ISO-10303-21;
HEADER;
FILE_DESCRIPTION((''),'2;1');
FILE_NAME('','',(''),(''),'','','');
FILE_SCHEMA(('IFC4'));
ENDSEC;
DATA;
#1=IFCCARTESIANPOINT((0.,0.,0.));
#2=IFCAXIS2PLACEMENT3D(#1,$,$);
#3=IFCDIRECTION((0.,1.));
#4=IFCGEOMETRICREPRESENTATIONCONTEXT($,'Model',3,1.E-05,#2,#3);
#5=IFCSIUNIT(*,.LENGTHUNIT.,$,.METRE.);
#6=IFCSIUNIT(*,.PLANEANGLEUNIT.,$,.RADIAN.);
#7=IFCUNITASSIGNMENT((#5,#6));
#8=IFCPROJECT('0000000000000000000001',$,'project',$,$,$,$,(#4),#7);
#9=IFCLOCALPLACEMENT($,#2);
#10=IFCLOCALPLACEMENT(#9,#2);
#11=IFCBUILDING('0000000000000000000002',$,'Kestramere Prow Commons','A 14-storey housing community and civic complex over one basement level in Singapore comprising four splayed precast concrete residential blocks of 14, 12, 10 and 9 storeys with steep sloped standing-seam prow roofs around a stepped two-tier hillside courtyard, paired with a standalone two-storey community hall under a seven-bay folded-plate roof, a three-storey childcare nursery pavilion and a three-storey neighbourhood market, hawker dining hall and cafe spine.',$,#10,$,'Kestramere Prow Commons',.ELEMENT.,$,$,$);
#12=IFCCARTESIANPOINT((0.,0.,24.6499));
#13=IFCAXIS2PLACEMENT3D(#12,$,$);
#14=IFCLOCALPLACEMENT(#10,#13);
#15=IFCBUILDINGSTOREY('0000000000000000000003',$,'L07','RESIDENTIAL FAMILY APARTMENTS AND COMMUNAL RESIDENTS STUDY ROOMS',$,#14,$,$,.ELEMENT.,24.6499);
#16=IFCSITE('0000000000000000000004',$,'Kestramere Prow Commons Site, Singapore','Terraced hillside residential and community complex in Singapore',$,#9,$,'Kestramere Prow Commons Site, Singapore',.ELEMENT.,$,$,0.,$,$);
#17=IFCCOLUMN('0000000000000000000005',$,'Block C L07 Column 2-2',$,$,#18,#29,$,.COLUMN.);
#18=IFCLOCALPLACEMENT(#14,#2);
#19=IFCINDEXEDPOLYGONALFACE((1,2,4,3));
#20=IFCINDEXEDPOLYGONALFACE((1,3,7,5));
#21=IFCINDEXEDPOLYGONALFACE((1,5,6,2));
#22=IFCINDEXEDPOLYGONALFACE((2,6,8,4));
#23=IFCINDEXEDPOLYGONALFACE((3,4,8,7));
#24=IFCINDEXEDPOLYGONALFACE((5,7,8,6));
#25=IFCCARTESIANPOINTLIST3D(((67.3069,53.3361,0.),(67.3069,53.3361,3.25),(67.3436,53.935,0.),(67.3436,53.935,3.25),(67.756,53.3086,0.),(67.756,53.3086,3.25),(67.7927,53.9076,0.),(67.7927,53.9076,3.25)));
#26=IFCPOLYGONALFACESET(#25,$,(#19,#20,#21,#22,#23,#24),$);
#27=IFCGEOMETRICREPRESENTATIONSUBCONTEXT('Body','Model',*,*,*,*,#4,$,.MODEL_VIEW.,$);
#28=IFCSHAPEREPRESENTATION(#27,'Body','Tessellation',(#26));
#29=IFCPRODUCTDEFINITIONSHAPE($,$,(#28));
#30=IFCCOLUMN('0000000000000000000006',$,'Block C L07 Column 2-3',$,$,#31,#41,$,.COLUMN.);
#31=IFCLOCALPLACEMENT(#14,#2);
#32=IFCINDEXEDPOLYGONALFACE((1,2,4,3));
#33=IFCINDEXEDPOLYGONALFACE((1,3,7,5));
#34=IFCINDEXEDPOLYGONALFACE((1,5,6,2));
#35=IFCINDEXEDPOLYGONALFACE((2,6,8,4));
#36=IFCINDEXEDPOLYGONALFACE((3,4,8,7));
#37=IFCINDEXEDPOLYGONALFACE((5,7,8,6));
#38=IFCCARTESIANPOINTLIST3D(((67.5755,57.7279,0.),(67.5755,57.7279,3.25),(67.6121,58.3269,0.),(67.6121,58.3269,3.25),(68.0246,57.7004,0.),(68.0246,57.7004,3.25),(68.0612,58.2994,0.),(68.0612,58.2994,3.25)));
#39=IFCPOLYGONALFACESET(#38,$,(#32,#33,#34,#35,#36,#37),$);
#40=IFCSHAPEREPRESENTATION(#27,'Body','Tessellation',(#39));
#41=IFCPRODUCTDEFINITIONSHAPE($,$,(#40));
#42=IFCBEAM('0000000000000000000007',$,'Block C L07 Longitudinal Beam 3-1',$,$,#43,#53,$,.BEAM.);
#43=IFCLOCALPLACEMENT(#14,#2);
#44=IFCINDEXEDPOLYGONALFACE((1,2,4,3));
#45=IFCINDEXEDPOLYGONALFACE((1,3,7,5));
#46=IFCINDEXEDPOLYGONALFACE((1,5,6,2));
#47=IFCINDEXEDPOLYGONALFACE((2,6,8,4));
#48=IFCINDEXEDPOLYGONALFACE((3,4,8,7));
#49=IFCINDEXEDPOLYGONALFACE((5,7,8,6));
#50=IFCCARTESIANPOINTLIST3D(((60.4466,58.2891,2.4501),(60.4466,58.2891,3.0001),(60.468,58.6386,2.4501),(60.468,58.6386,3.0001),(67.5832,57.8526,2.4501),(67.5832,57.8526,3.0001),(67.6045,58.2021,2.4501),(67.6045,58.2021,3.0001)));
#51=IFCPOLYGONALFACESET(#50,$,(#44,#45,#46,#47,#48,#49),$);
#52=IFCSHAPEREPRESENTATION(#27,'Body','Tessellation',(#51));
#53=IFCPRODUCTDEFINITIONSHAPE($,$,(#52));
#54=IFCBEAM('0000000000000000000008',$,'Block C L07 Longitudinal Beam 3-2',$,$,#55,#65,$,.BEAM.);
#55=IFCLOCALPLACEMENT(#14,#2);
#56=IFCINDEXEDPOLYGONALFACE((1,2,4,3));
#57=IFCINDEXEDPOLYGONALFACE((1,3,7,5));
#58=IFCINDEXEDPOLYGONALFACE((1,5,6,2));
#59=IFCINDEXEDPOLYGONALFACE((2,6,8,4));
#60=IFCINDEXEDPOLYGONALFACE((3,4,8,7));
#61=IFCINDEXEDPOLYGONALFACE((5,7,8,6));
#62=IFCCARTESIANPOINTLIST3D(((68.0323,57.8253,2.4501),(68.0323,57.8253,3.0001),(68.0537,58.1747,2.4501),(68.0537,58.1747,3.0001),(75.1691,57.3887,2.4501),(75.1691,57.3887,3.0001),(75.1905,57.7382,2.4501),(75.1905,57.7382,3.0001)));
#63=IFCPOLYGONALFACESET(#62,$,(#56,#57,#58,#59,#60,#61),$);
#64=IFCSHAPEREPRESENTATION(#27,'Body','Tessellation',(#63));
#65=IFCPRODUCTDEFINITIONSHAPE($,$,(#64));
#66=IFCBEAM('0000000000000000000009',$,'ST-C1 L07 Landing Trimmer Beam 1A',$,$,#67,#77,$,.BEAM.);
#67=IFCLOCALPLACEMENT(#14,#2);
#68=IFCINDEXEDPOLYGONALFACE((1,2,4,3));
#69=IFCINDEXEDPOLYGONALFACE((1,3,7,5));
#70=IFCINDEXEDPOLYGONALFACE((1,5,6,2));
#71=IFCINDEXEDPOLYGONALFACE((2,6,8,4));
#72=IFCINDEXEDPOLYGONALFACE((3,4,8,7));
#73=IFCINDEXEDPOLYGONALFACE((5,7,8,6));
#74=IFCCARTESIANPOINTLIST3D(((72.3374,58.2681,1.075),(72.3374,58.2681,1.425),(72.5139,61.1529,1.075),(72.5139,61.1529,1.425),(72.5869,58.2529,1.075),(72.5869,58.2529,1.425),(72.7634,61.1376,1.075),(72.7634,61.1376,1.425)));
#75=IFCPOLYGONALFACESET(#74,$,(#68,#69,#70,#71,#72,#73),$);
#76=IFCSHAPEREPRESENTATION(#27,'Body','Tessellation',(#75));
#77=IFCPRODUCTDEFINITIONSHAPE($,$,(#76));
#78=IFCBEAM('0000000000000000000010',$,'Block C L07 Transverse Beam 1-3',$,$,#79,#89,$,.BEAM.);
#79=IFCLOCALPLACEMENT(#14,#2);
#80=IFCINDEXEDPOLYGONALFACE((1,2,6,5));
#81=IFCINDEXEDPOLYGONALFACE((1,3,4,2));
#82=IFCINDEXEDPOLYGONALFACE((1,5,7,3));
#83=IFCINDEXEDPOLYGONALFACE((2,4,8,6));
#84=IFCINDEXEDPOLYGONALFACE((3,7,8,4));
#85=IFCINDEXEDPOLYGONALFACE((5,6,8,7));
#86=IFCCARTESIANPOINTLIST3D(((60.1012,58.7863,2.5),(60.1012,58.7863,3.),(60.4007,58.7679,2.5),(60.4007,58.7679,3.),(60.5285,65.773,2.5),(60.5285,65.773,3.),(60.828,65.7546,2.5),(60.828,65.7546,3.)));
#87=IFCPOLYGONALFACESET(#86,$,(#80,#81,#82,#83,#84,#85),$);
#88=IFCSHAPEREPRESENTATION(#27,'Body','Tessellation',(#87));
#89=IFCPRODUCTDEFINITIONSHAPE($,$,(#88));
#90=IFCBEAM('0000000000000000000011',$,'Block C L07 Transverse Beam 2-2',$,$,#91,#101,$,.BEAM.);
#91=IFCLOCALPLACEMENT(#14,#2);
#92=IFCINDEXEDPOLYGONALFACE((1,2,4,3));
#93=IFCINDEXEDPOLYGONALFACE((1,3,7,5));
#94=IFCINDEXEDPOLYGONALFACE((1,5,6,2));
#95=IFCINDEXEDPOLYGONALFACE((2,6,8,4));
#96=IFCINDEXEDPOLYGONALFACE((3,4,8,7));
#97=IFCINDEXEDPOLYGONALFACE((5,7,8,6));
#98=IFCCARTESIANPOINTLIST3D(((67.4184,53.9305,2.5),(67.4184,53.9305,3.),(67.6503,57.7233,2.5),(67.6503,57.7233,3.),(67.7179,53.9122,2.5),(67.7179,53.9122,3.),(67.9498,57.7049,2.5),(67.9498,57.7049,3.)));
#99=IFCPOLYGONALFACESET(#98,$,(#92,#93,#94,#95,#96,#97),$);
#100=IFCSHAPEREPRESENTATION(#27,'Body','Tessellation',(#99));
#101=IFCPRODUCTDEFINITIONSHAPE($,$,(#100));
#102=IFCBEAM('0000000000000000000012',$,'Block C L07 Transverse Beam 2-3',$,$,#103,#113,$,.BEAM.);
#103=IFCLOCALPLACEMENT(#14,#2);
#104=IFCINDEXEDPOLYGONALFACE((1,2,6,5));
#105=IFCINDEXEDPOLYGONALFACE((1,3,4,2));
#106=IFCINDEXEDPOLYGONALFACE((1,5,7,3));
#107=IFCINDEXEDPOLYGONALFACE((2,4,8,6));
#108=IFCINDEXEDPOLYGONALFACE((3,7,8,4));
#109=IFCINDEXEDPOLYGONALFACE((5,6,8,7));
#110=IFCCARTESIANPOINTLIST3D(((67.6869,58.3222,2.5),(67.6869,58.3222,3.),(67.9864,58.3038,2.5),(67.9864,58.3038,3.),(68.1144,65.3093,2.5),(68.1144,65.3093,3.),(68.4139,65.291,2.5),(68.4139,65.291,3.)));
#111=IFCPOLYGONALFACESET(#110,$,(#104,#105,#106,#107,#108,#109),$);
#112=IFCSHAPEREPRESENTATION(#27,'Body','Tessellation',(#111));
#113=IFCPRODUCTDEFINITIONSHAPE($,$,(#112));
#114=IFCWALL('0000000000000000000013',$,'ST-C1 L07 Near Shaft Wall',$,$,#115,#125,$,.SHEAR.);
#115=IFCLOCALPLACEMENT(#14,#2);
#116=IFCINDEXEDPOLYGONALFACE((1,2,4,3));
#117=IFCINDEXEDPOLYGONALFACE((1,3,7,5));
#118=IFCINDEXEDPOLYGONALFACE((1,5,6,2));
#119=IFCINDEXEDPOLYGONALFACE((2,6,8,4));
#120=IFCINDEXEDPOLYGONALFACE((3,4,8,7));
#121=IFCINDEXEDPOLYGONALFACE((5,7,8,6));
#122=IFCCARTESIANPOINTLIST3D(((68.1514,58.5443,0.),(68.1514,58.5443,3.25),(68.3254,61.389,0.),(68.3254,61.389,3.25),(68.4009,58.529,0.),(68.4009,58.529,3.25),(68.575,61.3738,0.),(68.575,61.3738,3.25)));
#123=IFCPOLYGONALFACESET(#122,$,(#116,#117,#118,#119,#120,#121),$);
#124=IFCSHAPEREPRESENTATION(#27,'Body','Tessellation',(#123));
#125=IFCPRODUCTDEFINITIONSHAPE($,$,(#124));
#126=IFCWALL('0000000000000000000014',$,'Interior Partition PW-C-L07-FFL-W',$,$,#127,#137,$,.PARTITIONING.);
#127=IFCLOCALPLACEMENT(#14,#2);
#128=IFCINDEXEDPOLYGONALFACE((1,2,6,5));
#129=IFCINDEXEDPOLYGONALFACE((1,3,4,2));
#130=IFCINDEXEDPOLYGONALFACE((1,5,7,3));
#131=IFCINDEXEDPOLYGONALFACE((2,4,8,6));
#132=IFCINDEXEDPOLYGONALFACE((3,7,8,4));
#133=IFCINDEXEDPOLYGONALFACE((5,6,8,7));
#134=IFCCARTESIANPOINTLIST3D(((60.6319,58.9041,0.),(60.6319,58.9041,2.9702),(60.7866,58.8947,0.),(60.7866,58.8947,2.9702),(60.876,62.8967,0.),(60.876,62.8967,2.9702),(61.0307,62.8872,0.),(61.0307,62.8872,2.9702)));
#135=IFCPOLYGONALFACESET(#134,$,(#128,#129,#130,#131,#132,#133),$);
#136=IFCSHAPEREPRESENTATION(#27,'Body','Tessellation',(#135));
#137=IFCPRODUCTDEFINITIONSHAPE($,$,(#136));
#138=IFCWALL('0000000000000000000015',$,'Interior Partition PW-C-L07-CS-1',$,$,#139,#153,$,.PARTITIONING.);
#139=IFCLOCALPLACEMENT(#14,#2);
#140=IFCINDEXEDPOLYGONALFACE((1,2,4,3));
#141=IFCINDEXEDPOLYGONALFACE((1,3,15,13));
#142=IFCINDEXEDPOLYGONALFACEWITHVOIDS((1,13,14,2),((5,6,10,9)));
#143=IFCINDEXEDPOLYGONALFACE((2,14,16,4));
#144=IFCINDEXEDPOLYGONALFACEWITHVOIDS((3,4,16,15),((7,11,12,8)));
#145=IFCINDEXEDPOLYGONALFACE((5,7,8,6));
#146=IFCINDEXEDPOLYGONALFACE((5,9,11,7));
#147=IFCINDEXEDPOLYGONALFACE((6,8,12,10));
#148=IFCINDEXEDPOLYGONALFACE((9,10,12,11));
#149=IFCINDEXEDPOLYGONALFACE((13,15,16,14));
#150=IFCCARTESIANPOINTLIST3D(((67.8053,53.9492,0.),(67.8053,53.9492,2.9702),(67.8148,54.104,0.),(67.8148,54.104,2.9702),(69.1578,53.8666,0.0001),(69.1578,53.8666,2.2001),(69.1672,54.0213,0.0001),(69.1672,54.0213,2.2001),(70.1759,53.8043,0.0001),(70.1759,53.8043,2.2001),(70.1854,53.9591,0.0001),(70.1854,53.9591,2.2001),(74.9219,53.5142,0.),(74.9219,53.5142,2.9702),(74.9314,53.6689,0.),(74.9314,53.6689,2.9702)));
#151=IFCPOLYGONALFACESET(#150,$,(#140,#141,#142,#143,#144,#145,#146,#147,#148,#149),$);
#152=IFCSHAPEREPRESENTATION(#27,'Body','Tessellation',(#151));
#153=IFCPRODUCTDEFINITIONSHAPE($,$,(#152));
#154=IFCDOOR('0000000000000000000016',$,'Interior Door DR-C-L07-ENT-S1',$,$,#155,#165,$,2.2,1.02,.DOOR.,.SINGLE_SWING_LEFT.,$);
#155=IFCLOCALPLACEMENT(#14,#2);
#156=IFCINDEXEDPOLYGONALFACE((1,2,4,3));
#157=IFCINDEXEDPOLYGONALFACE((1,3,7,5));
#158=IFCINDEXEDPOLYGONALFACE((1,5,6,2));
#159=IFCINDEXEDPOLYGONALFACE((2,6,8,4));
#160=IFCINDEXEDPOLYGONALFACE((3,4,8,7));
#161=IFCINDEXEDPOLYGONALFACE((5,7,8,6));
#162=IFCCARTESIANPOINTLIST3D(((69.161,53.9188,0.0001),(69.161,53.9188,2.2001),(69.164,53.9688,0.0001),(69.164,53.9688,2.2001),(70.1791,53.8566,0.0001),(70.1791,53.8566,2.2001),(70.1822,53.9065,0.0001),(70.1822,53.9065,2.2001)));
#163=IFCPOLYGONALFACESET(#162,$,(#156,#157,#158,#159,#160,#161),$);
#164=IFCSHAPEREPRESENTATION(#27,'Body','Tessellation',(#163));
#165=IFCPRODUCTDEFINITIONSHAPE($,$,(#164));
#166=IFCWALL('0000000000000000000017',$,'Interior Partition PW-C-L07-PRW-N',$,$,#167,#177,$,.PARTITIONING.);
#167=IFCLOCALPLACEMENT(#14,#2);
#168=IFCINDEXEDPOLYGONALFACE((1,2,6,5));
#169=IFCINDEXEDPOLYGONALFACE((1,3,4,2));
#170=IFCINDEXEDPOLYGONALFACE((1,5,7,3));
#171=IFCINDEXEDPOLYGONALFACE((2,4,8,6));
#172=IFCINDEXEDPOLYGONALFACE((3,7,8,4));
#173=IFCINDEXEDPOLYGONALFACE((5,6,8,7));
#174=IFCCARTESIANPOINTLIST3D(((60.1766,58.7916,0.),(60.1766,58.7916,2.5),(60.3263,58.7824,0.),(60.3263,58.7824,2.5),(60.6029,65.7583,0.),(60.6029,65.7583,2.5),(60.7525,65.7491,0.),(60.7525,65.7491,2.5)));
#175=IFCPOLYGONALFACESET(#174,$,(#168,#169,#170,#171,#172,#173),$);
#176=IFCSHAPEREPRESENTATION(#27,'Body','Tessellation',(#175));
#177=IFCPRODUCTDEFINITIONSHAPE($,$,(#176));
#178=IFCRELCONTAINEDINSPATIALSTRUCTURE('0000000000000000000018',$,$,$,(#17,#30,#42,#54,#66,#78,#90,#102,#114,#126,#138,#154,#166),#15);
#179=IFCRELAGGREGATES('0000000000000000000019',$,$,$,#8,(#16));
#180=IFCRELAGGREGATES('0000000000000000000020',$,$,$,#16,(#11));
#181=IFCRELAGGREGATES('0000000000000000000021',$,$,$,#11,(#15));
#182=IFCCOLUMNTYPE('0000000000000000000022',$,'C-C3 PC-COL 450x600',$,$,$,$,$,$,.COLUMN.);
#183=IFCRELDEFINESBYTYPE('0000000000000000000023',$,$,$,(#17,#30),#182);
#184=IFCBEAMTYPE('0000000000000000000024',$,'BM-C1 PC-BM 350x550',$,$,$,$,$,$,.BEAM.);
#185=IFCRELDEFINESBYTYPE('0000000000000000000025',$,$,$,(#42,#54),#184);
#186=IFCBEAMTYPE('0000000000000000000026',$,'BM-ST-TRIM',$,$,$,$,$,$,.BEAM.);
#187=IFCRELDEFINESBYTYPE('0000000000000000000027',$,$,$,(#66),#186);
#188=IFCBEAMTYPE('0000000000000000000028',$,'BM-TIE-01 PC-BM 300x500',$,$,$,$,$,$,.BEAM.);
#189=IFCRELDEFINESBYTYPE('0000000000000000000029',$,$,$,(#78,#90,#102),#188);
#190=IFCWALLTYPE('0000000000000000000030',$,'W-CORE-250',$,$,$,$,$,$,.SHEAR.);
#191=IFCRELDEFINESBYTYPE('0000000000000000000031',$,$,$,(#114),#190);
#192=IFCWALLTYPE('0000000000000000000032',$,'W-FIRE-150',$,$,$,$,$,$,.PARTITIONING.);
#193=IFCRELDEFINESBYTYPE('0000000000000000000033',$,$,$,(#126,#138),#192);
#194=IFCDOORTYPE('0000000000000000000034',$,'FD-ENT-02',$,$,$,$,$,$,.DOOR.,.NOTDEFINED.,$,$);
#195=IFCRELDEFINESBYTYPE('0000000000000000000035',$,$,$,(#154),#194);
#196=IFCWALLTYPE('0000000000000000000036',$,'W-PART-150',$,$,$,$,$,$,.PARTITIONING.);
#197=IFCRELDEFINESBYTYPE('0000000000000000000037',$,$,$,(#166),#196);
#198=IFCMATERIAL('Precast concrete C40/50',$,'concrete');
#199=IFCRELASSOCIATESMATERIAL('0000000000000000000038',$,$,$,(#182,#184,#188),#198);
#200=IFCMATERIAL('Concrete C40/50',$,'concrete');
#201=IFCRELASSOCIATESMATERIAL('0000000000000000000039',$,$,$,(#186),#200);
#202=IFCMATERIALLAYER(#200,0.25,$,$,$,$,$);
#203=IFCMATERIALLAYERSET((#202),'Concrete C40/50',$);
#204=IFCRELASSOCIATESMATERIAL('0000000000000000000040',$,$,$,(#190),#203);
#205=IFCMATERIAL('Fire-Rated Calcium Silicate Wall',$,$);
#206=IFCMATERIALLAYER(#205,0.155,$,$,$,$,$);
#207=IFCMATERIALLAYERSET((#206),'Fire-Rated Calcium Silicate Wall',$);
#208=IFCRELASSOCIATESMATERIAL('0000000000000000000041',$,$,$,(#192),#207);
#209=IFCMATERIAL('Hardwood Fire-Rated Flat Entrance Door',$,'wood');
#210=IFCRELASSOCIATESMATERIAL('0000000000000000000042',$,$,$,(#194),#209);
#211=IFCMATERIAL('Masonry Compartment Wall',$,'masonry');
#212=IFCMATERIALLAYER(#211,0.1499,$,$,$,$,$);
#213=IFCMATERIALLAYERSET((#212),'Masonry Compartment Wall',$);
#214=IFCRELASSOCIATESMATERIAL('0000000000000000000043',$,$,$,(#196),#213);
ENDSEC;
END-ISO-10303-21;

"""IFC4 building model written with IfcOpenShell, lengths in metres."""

from ifc_helpers import new_model, si_unit, direction, frame, frame_2d, origin, origin_2d, place, context, subcontext, project, spatial, rectangle, extrude, material, layer, layer_set, material_profile, profile_set, type_object, element, fill, save


model = new_model("IFC4")

# Units and contexts
model_context = context("Model", 3, precision=1e-05, world=origin(), true_north=direction((0.0, 1.0)))
body_context = subcontext(model_context, "Body", "Model", "MODEL_VIEW")
ifc_project = project(units=[si_unit("LENGTHUNIT", "METRE"), si_unit("PLANEANGLEUNIT", "RADIAN")], contexts=[model_context])

# Site, building, storey
site_placement = place(None, origin())
site = spatial("IfcSite", under=ifc_project, at=site_placement, Name="Kestramere Prow Commons Site, Singapore", Description="Terraced hillside residential and community complex in Singapore", LongName="Kestramere Prow Commons Site, Singapore", CompositionType="ELEMENT", RefElevation=0.0)
building_placement = place(site_placement, origin())
building = spatial("IfcBuilding", under=site, at=building_placement, Name="Kestramere Prow Commons", Description="A 14-storey housing community and civic complex over one basement level in Singapore comprising four splayed precast concrete residential blocks of 14, 12, 10 and 9 storeys with steep sloped standing-seam prow roofs around a stepped two-tier hillside courtyard, paired with a standalone two-storey community hall under a seven-bay folded-plate roof, a three-storey childcare nursery pavilion and a three-storey neighbourhood market, hawker dining hall and cafe spine.", LongName="Kestramere Prow Commons", CompositionType="ELEMENT")
storey_placement = place(building_placement, frame((0.0, 0.0, 24.6499)))
storey = spatial("IfcBuildingStorey", under=building, at=storey_placement, Name="L07", Description="RESIDENTIAL FAMILY APARTMENTS AND COMMUNAL RESIDENTS STUDY ROOMS", CompositionType="ELEMENT", Elevation=24.6499)

# Columns
ifc_material_1 = material(Name="Precast concrete C40/50", Category="concrete")
ifc_material_profile_1 = material_profile(ifc_material_1, rectangle(XDim=0.45, YDim=0.6001, at=origin_2d()), Name="PC-COL 450x600")
ifc_profile_set_1 = profile_set([ifc_material_profile_1], Name="Precast concrete C40/50")
column_type = type_object("IfcColumnType", Name="C-C3 PC-COL 450x600", PredefinedType="COLUMN", material=ifc_profile_set_1)
for number, where, z_axis, x_axis, name in (
    (1, (67.5498, 53.6218, 0.0), (0.0, 0.0, 1.0), (0.998135, -0.061049, 0.0), "Block C L07 Column 2-2"),
    (2, (67.8184, 58.0137, 0.0), (0.0, 0.0, 1.0), (0.998135, -0.061049, 0.0), "Block C L07 Column 2-3"),
):
    element("IfcColumn", number, at=place(storey_placement, frame(where, z_axis=z_axis, x_axis=x_axis)), inside=storey, type_object=column_type, Name=name, PredefinedType="COLUMN", context=body_context, shape_type="SweptSolid", body=[
        extrude(rectangle(XDim=0.45, YDim=0.6001, at=origin_2d()), origin(), (0.0, 0.0, 1.0), 3.25),
    ])

# Beams
ifc_material_profile_2 = material_profile(ifc_material_1, rectangle(XDim=0.3501, YDim=0.55, at=origin_2d()), Name="PC-BM 350x550")
ifc_profile_set_2 = profile_set([ifc_material_profile_2], Name="Precast concrete C40/50")
beam_type_1 = type_object("IfcBeamType", Name="BM-C1 PC-BM 350x550", PredefinedType="BEAM", material=ifc_profile_set_2)
beam_1_placement = place(storey_placement, frame((60.4573, 58.4639, 2.7251), z_axis=(0.998134, -0.061054, 0.0), x_axis=(0.061054, 0.998134, 0.0)))
element("IfcBeam", 3, at=beam_1_placement, inside=storey, type_object=beam_type_1, Name="Block C L07 Longitudinal Beam 3-1", PredefinedType="BEAM", context=body_context, shape_type="SweptSolid", body=[
    extrude(rectangle(XDim=0.3501, YDim=0.55, at=origin_2d()), origin(), (0.0, 0.0, 1.0), 7.1499),
])
beam_2_placement = place(storey_placement, frame((68.043, 58.0, 2.7251), z_axis=(0.998135, -0.061052, 0.0), x_axis=(0.061052, 0.998135, 0.0)))
element("IfcBeam", 4, at=beam_2_placement, inside=storey, type_object=beam_type_1, Name="Block C L07 Longitudinal Beam 3-2", PredefinedType="BEAM", context=body_context, shape_type="SweptSolid", body=[
    extrude(rectangle(XDim=0.3501, YDim=0.55, at=origin_2d()), origin(), (0.0, 0.0, 1.0), 7.1501),
])
ifc_material_2 = material(Name="Concrete C40/50", Category="concrete")
ifc_material_profile_3 = material_profile(ifc_material_2, rectangle(XDim=0.25, YDim=0.3501, at=origin_2d()), Name="PC-BM 250x350")
ifc_profile_set_3 = profile_set([ifc_material_profile_3], Name="Concrete C40/50")
beam_type_2 = type_object("IfcBeamType", Name="BM-ST-TRIM", PredefinedType="BEAM", material=ifc_profile_set_3)
beam_3_placement = place(storey_placement, frame((72.4622, 58.2605, 1.25), z_axis=(0.061074, 0.998133, 0.0), x_axis=(-0.998133, 0.061074, 0.0)))
element("IfcBeam", 5, at=beam_3_placement, inside=storey, type_object=beam_type_2, Name="ST-C1 L07 Landing Trimmer Beam 1A", PredefinedType="BEAM", context=body_context, shape_type="SweptSolid", body=[
    extrude(rectangle(XDim=0.25, YDim=0.3501, at=origin_2d()), origin(), (0.0, 0.0, 1.0), 2.8901),
])
ifc_material_profile_4 = material_profile(ifc_material_1, rectangle(XDim=0.3, YDim=0.5, at=origin_2d()), Name="PC-BM 300x500")
ifc_profile_set_4 = profile_set([ifc_material_profile_4], Name="Precast concrete C40/50")
beam_type_3 = type_object("IfcBeamType", Name="BM-TIE-01 PC-BM 300x500", PredefinedType="BEAM", material=ifc_profile_set_4)
beam_4_placement = place(storey_placement, frame((60.251, 58.7771, 2.75), z_axis=(0.061036, 0.998136, 0.0), x_axis=(-0.998136, 0.061036, 0.0)))
element("IfcBeam", 6, at=beam_4_placement, inside=storey, type_object=beam_type_3, Name="Block C L07 Transverse Beam 1-3", PredefinedType="BEAM", context=body_context, shape_type="SweptSolid", body=[
    extrude(rectangle(XDim=0.3, YDim=0.5, at=origin_2d()), origin(), (0.0, 0.0, 1.0), 6.9998),
])
beam_5_placement = place(storey_placement, frame((67.5681, 53.9214, 2.75), z_axis=(0.061038, 0.998135, 0.0), x_axis=(-0.998135, 0.061038, 0.0)))
element("IfcBeam", 7, at=beam_5_placement, inside=storey, type_object=beam_type_3, Name="Block C L07 Transverse Beam 2-2", PredefinedType="BEAM", context=body_context, shape_type="SweptSolid", body=[
    extrude(rectangle(XDim=0.3, YDim=0.5, at=origin_2d()), origin(), (0.0, 0.0, 1.0), 3.7998),
])
beam_6_placement = place(storey_placement, frame((67.8367, 58.313, 2.75), z_axis=(0.061069, 0.998134, 0.0), x_axis=(-0.998134, 0.061069, 0.0)))
element("IfcBeam", 8, at=beam_6_placement, inside=storey, type_object=beam_type_3, Name="Block C L07 Transverse Beam 2-3", PredefinedType="BEAM", context=body_context, shape_type="SweptSolid", body=[
    extrude(rectangle(XDim=0.3, YDim=0.5, at=origin_2d()), origin(), (0.0, 0.0, 1.0), 7.0002),
])

# Shared definitions
ifc_layer_1 = layer(ifc_material_2, 0.25)
ifc_layer_set_1 = layer_set([ifc_layer_1], Name="Concrete C40/50")
wall_type_1 = type_object("IfcWallType", Name="W-CORE-250", PredefinedType="SHEAR", material=ifc_layer_set_1)

# Wall
wall_1_placement = place(storey_placement, frame((68.2761, 58.5366, 0.0), z_axis=(0.0, 0.0, 1.0), x_axis=(0.061077, 0.998133, 0.0)))
element("IfcWall", 9, at=wall_1_placement, inside=storey, type_object=wall_type_1, Name="ST-C1 L07 Near Shaft Wall", PredefinedType="SHEAR", context=body_context, shape_type="SweptSolid", body=[
    extrude(rectangle(XDim=2.8501, YDim=0.25, at=frame_2d((1.425, 0.0))), origin(), (0.0, 0.0, 1.0), 3.25),
])

# Shared definitions
ifc_material_3 = material(Name="Fire-Rated Calcium Silicate Wall")
ifc_layer_2 = layer(ifc_material_3, 0.155)
ifc_layer_set_2 = layer_set([ifc_layer_2], Name="Fire-Rated Calcium Silicate Wall")
wall_type_2 = type_object("IfcWallType", Name="W-FIRE-150", PredefinedType="PARTITIONING", material=ifc_layer_set_2)

# Wall
wall_2_placement = place(storey_placement, frame((60.7092, 58.8994, 0.0), z_axis=(0.0, 0.0, 1.0), x_axis=(0.061037, 0.998136, 0.0)))
element("IfcWall", 10, at=wall_2_placement, inside=storey, type_object=wall_type_2, Name="Interior Partition PW-C-L07-FFL-W", PredefinedType="PARTITIONING", context=body_context, shape_type="SweptSolid", body=[
    extrude(rectangle(XDim=4.0, YDim=0.155, at=frame_2d((2.0, 0.0))), origin(), (0.0, 0.0, 1.0), 2.9702),
])

# Wall, opening, door
wall_3_placement = place(storey_placement, frame((67.8101, 54.0266, 0.0), z_axis=(0.0, 0.0, 1.0), x_axis=(0.998137, -0.061018, 0.0)))
wall_3 = element("IfcWall", 11, at=wall_3_placement, inside=storey, type_object=wall_type_2, Name="Interior Partition PW-C-L07-CS-1", PredefinedType="PARTITIONING", context=body_context, shape_type="SweptSolid", body=[
    extrude(rectangle(XDim=7.1299, YDim=0.155, at=frame_2d((3.5649, 0.0))), origin(), (0.0, 0.0, 1.0), 2.9702),
])
opening_1_placement = place(wall_3_placement, frame((1.355, 0.0, 0.0)))
opening_1 = element("IfcOpeningElement", 12, at=opening_1_placement, cuts=wall_3, PredefinedType="OPENING", context=body_context, shape_type="SweptSolid", body=[
    extrude(rectangle(XDim=1.02, YDim=2.2, at=frame_2d((0.51, 1.1001))), frame((0.0, 0.0925, 0.0), z_axis=(0.0, -1.0, 0.0), x_axis=(1.0, 0.0, 0.0)), (0.0, 0.0, 1.0), 0.1851),
])
ifc_material_4 = material(Name="Hardwood Fire-Rated Flat Entrance Door", Category="wood")
door_type_1 = type_object("IfcDoorType", Name="FD-ENT-02", OperationType="NOTDEFINED", PredefinedType="DOOR", material=ifc_material_4)
door_1_placement = place(opening_1_placement, origin())
door_1 = element("IfcDoor", 13, at=door_1_placement, inside=storey, type_object=door_type_1, Name="Interior Door DR-C-L07-ENT-S1", OperationType="SINGLE_SWING_LEFT", OverallHeight=2.2, OverallWidth=1.02, PredefinedType="DOOR", context=body_context, shape_type="SweptSolid", body=[
    extrude(rectangle(XDim=1.02, YDim=2.2, at=frame_2d((0.51, 1.1001))), frame((0.0, 0.0249, 0.0), z_axis=(0.0, -1.0, 0.0), x_axis=(1.0, 0.0, 0.0)), (0.0, 0.0, 1.0), 0.05),
])
fill(opening_1, door_1)

# Wall
ifc_material_5 = material(Name="Masonry Compartment Wall", Category="masonry")
ifc_layer_3 = layer(ifc_material_5, 0.1499)
ifc_layer_set_3 = layer_set([ifc_layer_3], Name="Masonry Compartment Wall")
wall_type_3 = type_object("IfcWallType", Name="W-PART-150", PredefinedType="PARTITIONING", material=ifc_layer_set_3)
wall_4_placement = place(storey_placement, frame((60.2515, 58.7871, 0.0), z_axis=(0.0, 0.0, 1.0), x_axis=(0.061072, 0.998133, 0.0)))
element("IfcWall", 14, at=wall_4_placement, inside=storey, type_object=wall_type_3, Name="Interior Partition PW-C-L07-PRW-N", PredefinedType="PARTITIONING", context=body_context, shape_type="SweptSolid", body=[
    extrude(rectangle(XDim=6.9797, YDim=0.1499, at=frame_2d((3.4897, 0.0))), origin(), (0.0, 0.0, 1.0), 2.5),
])

save(model, "model.ifc")
